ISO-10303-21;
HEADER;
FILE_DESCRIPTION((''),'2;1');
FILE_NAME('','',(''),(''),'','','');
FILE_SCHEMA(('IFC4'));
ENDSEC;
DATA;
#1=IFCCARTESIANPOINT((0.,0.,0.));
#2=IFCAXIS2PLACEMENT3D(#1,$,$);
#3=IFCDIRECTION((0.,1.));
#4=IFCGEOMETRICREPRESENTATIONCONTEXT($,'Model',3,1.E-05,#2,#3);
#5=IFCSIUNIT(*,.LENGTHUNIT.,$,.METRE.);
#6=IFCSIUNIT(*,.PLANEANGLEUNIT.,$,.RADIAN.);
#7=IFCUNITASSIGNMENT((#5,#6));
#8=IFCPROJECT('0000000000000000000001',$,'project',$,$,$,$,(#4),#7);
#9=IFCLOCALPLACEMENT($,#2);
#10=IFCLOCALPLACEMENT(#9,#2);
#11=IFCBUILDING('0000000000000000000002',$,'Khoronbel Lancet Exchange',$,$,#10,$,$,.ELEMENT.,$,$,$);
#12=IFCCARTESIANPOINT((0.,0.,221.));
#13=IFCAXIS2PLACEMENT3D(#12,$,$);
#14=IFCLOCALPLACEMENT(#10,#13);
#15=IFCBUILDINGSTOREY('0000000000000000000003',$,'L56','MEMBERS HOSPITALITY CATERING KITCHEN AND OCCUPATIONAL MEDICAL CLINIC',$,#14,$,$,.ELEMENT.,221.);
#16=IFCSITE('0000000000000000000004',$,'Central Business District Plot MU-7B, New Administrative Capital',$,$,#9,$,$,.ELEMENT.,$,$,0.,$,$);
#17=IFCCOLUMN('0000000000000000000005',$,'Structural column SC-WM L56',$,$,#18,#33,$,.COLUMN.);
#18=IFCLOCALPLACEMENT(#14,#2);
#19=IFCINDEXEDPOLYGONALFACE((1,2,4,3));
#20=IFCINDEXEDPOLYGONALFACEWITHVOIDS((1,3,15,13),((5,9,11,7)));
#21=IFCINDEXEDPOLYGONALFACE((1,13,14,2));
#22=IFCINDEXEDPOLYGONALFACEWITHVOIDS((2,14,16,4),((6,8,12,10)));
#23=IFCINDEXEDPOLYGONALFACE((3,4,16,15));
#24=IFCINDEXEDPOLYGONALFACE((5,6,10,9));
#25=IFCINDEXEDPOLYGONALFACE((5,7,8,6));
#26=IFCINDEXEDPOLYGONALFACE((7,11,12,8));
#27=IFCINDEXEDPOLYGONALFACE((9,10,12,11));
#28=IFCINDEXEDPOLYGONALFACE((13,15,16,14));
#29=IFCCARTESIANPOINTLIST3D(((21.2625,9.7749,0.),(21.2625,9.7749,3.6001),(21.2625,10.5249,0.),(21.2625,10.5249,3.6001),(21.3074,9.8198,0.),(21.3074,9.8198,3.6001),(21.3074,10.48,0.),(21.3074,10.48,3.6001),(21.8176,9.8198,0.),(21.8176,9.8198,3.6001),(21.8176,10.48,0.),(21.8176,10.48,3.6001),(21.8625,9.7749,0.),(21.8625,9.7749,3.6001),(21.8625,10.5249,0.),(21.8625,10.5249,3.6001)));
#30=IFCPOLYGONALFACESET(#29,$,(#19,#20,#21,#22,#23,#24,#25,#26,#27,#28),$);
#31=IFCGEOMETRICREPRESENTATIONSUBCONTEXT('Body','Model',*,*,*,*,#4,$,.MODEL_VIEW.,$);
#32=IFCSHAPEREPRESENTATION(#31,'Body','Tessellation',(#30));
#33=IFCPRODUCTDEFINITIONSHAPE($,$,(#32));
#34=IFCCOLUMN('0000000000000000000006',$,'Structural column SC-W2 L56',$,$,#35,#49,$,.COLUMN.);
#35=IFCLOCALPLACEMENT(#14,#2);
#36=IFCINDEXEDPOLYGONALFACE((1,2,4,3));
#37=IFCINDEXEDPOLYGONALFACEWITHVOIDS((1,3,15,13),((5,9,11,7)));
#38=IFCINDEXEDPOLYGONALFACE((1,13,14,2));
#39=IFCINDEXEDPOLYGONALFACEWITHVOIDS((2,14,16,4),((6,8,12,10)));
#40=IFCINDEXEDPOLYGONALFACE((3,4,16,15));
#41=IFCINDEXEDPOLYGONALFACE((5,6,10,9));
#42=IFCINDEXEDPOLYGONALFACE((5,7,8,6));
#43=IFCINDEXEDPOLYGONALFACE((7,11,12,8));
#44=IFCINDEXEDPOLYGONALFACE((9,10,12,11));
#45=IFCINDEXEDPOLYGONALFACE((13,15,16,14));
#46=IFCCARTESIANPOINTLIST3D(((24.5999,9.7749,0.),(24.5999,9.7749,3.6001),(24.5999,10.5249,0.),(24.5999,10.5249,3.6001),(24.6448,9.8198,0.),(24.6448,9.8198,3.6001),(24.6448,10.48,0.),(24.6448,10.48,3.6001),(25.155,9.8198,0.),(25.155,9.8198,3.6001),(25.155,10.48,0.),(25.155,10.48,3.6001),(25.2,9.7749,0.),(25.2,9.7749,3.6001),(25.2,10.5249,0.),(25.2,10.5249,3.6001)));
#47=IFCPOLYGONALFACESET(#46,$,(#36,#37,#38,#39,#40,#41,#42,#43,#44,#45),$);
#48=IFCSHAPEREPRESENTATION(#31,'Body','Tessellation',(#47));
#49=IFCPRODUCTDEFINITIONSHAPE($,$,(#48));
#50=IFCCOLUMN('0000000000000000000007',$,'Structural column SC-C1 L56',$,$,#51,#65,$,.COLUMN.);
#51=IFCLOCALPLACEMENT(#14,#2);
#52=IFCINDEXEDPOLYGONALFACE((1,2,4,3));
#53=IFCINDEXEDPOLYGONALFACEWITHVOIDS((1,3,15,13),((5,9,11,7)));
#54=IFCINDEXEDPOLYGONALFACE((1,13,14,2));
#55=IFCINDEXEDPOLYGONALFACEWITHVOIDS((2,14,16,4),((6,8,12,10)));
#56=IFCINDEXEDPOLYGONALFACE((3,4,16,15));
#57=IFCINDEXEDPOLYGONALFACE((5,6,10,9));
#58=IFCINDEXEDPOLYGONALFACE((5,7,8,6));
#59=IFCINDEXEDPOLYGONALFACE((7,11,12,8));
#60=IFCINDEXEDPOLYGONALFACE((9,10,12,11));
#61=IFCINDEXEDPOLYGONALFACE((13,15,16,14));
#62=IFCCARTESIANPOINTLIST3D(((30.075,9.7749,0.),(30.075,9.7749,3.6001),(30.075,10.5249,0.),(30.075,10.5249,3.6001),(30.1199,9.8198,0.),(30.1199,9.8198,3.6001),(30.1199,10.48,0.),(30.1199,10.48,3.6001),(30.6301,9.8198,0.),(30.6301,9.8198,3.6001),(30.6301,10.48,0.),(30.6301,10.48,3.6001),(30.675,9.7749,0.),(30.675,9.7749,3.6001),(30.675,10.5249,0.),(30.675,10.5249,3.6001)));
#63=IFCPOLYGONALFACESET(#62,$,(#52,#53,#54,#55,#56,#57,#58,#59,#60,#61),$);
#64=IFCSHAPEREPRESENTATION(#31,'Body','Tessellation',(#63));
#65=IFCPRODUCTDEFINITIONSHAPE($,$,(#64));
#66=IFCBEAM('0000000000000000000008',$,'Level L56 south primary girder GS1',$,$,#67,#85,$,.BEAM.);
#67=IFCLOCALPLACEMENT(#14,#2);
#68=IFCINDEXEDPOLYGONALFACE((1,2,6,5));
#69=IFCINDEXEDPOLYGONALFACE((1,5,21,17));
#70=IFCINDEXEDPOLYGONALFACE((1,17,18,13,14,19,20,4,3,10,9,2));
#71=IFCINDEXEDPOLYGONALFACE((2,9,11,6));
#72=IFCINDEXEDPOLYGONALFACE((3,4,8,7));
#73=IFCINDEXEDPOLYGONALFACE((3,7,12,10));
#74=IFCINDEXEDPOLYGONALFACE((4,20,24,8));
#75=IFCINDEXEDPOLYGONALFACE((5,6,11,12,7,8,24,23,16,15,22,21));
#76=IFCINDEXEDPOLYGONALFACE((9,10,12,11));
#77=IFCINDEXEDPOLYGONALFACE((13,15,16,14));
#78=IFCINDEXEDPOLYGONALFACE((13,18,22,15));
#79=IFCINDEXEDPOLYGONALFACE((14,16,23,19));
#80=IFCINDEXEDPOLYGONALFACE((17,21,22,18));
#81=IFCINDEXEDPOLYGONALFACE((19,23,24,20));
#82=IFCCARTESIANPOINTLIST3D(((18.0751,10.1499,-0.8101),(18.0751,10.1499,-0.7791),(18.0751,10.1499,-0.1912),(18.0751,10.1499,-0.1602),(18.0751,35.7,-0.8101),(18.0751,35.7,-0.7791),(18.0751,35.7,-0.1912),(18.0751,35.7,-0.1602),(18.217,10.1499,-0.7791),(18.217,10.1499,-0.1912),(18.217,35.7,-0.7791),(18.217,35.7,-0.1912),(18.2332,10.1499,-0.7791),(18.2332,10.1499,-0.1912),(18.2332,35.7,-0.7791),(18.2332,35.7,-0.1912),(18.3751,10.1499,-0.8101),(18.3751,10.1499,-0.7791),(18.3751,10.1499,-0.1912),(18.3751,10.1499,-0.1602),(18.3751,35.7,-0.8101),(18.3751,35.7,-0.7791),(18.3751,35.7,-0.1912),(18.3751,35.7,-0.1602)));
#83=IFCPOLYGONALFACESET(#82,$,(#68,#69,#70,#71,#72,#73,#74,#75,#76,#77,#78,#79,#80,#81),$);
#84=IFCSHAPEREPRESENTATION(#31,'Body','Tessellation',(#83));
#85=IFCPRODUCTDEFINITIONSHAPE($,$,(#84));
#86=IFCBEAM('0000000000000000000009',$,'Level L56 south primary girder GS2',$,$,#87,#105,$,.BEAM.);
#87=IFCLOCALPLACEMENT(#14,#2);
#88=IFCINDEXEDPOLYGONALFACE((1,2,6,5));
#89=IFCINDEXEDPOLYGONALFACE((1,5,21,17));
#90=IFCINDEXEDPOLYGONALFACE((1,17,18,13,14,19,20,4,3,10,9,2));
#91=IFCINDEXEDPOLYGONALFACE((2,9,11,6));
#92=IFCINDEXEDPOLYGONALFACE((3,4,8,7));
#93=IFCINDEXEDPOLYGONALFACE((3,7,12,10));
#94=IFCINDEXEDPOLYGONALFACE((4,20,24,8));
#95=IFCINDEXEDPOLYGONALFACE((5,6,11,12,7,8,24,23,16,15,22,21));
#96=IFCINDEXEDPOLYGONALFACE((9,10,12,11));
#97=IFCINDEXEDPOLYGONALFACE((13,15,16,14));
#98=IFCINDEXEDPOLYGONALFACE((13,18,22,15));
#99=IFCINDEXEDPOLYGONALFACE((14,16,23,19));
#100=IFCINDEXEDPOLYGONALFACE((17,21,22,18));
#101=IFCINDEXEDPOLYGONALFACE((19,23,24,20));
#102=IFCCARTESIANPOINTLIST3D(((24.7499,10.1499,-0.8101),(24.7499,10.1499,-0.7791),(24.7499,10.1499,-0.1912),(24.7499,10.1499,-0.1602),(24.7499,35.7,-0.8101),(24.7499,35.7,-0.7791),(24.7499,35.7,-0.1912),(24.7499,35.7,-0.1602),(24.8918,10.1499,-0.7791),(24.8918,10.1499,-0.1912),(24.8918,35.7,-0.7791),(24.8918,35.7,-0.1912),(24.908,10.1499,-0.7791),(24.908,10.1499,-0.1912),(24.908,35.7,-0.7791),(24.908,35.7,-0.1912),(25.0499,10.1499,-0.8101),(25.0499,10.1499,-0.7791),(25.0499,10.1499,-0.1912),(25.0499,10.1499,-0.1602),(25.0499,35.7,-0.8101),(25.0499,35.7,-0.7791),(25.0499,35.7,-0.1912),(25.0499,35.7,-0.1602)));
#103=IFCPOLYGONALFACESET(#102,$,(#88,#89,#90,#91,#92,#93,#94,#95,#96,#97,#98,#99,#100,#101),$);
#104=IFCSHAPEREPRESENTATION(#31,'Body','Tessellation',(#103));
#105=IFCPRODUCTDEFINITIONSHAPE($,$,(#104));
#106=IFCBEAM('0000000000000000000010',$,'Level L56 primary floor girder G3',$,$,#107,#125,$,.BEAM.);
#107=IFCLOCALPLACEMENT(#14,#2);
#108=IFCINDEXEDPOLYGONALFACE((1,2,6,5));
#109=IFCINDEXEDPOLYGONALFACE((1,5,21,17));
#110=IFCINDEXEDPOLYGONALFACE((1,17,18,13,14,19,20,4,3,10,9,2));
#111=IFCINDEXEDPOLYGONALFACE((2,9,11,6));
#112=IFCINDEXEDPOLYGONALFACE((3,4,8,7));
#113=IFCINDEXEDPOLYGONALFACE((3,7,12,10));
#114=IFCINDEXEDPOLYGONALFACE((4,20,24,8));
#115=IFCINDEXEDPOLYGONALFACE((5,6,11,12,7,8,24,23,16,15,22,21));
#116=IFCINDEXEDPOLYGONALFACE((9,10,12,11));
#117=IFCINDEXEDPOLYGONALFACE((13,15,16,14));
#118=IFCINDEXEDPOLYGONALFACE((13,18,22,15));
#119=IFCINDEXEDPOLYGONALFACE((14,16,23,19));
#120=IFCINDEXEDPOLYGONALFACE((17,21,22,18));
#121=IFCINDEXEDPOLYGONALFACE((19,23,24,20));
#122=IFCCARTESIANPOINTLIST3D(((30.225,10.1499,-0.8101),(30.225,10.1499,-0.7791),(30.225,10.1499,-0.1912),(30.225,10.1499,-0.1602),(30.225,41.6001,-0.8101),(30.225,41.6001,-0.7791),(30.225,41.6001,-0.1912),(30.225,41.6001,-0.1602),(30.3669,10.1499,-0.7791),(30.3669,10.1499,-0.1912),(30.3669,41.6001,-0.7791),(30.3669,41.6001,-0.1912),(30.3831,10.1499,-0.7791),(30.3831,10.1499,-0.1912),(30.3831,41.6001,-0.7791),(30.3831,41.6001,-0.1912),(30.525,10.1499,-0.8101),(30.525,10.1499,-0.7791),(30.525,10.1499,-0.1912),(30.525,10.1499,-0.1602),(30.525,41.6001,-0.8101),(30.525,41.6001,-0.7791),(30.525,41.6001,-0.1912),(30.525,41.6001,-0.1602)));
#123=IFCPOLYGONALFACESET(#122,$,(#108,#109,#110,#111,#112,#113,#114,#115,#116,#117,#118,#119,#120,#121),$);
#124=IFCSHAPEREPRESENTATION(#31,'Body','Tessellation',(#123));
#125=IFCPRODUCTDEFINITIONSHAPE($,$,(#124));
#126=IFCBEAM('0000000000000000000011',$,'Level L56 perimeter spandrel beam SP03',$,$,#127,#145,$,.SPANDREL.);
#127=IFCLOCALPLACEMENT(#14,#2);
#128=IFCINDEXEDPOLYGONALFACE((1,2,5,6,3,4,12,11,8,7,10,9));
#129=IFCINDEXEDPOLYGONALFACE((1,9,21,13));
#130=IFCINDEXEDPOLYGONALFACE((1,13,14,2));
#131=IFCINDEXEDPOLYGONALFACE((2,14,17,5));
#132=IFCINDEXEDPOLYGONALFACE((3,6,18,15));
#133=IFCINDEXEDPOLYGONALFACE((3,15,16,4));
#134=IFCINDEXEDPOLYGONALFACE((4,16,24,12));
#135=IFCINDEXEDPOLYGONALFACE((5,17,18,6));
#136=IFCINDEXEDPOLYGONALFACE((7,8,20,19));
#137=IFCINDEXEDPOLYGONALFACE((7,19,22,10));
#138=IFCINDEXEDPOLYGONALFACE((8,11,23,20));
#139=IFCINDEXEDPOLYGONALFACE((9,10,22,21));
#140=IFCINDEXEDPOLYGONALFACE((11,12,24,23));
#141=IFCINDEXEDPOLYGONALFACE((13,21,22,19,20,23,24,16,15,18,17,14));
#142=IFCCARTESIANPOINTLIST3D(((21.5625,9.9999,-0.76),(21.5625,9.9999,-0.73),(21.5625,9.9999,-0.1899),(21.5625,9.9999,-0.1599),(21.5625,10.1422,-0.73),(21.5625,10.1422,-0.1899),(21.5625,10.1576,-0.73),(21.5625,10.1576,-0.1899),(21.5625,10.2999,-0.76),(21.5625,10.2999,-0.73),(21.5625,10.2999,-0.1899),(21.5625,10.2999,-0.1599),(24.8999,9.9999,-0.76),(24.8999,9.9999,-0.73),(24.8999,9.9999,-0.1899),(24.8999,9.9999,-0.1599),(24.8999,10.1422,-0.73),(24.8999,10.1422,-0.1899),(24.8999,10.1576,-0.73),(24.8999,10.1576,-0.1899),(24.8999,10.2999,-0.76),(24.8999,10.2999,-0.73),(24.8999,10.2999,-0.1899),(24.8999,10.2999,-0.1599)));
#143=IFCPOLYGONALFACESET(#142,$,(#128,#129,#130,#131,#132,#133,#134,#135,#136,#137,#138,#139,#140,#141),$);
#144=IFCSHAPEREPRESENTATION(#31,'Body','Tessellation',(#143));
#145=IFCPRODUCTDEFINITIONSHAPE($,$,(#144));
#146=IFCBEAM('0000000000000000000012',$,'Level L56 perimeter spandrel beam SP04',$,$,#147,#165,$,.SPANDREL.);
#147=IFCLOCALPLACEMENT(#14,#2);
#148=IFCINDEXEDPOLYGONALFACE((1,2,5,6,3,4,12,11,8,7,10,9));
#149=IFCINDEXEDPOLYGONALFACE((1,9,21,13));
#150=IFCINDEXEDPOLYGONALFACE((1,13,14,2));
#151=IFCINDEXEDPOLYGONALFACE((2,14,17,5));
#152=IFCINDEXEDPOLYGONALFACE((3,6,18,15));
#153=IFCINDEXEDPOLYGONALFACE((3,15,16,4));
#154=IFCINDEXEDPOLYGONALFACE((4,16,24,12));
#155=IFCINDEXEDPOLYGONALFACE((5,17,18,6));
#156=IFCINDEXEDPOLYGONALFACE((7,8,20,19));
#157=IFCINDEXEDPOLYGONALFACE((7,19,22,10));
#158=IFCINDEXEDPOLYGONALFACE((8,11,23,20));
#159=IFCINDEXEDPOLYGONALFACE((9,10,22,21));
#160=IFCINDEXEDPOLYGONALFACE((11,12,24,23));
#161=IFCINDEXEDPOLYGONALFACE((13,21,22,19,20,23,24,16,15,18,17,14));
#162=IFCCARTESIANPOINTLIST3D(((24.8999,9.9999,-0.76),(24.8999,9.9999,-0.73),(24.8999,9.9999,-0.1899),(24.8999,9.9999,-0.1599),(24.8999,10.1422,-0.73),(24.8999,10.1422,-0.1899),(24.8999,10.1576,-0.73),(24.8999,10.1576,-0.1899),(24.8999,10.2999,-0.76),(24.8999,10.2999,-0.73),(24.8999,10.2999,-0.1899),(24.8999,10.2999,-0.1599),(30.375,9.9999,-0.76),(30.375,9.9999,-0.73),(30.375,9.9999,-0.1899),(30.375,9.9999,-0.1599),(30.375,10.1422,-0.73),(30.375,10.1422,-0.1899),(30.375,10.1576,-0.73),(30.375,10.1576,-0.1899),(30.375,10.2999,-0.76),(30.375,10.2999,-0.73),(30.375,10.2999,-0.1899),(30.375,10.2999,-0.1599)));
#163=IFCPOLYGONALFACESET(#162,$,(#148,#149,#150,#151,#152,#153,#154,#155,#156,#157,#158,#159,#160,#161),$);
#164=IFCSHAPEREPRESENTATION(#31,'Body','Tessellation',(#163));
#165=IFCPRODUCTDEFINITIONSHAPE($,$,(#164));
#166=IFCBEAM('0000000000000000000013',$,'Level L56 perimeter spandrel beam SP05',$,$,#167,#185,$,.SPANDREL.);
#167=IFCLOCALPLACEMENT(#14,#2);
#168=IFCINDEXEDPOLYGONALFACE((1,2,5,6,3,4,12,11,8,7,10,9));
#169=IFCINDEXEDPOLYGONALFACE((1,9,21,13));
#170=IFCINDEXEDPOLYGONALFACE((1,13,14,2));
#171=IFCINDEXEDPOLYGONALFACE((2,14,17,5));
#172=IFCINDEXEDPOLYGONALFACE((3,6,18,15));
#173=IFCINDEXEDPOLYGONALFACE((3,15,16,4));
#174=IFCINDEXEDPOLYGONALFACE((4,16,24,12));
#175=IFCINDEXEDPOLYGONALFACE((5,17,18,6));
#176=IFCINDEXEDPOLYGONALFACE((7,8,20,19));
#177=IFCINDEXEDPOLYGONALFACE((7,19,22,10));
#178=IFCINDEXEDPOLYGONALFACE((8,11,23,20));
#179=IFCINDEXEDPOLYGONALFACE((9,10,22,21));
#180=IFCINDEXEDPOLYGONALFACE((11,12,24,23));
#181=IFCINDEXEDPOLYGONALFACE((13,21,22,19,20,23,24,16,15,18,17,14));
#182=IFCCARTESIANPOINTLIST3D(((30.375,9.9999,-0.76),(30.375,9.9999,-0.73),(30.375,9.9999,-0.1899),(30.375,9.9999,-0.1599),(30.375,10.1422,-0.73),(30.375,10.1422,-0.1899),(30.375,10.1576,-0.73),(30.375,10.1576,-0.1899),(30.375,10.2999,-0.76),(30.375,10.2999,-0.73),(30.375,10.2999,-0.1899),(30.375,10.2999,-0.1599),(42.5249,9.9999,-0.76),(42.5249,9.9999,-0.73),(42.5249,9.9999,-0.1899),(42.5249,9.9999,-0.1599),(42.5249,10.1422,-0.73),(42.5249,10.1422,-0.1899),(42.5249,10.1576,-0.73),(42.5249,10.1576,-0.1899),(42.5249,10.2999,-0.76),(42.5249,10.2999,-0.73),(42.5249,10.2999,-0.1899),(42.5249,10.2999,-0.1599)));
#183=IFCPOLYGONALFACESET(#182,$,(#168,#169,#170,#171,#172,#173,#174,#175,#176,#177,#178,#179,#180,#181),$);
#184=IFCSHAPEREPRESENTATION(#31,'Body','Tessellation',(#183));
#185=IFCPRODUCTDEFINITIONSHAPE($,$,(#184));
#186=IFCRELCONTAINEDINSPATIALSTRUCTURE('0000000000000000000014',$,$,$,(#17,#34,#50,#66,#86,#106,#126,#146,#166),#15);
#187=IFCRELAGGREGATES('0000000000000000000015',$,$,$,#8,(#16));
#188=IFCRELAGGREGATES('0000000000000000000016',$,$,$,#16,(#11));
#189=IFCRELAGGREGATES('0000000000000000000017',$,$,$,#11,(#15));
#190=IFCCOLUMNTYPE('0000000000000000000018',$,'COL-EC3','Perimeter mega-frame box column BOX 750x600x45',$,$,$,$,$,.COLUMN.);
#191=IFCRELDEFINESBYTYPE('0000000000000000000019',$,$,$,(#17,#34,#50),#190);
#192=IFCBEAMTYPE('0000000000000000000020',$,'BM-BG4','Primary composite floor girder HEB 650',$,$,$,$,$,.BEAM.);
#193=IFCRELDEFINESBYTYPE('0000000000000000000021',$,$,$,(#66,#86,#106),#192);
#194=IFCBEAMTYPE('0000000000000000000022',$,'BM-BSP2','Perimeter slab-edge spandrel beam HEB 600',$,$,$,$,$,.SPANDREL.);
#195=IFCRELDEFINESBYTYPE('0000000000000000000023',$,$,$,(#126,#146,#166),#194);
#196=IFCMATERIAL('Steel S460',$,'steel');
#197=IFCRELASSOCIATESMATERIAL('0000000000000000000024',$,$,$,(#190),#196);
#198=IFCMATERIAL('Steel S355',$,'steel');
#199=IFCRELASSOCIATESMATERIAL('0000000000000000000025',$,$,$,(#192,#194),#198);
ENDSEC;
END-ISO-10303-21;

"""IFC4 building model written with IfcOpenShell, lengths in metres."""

from ifc_helpers import new_model, si_unit, direction, frame, origin, origin_2d, place, context, subcontext, project, spatial, hollow_rectangle, i_section, extrude, material, material_profile, profile_set, type_object, element, save


model = new_model("IFC4")

# Units and contexts
model_context = context("Model", 3, precision=1e-05, world=origin(), true_north=direction((0.0, 1.0)))
body_context = subcontext(model_context, "Body", "Model", "MODEL_VIEW")
ifc_project = project(units=[si_unit("LENGTHUNIT", "METRE"), si_unit("PLANEANGLEUNIT", "RADIAN")], contexts=[model_context])

# Site, building, storey
site_placement = place(None, origin())
site = spatial("IfcSite", under=ifc_project, at=site_placement, Name="Central Business District Plot MU-7B, New Administrative Capital", CompositionType="ELEMENT", RefElevation=0.0)
building_placement = place(site_placement, origin())
building = spatial("IfcBuilding", under=site, at=building_placement, Name="Khoronbel Lancet Exchange", CompositionType="ELEMENT")
storey_placement = place(building_placement, frame((0.0, 0.0, 221.0)))
storey = spatial("IfcBuildingStorey", under=building, at=storey_placement, Name="L56", Description="MEMBERS HOSPITALITY CATERING KITCHEN AND OCCUPATIONAL MEDICAL CLINIC", CompositionType="ELEMENT", Elevation=221.0)

# Columns
ifc_material_1 = material(Name="Steel S460", Category="steel")
ifc_material_profile_1 = material_profile(ifc_material_1, hollow_rectangle(XDim=0.6001, YDim=0.75, WallThickness=0.0449, at=origin_2d()), Name="BOX 750x600x45")
ifc_profile_set_1 = profile_set([ifc_material_profile_1], Name="Steel S460")
column_type = type_object("IfcColumnType", Name="COL-EC3", Description="Perimeter mega-frame box column BOX 750x600x45", PredefinedType="COLUMN", material=ifc_profile_set_1)
for number, where, z_axis, x_axis, name in (
    (1, (21.5625, 10.1499, 0.0), (0.0, 0.0, 1.0), (1.0, 0.0, 0.0), "Structural column SC-WM L56"),
    (2, (24.8999, 10.1499, 0.0), (0.0, 0.0, 1.0), (1.0, 0.0, 0.0), "Structural column SC-W2 L56"),
    (3, (30.375, 10.1499, 0.0), (0.0, 0.0, 1.0), (1.0, 0.0, 0.0), "Structural column SC-C1 L56"),
):
    element("IfcColumn", number, at=place(storey_placement, frame(where, z_axis=z_axis, x_axis=x_axis)), inside=storey, type_object=column_type, Name=name, PredefinedType="COLUMN", context=body_context, shape_type="SweptSolid", body=[
        extrude(hollow_rectangle(XDim=0.6001, YDim=0.75, WallThickness=0.0449, at=origin_2d()), origin(), (0.0, 0.0, 1.0), 3.6001),
    ])

# Beams
ifc_material_2 = material(Name="Steel S355", Category="steel")
ifc_material_profile_2 = material_profile(ifc_material_2, i_section(OverallWidth=0.3, OverallDepth=0.6499, WebThickness=0.0161, FlangeThickness=0.031, at=origin_2d()), Name="HEB 650")
ifc_profile_set_2 = profile_set([ifc_material_profile_2], Name="Steel S355")
beam_type_1 = type_object("IfcBeamType", Name="BM-BG4", Description="Primary composite floor girder HEB 650", PredefinedType="BEAM", material=ifc_profile_set_2)
for number, where, z_axis, x_axis, name in (
    (4, (18.2251, 10.1499, -0.4851), (0.0, 1.0, 0.0), (-1.0, 0.0, 0.0), "Level L56 south primary girder GS1"),
    (5, (24.8999, 10.1499, -0.4851), (0.0, 1.0, 0.0), (-1.0, 0.0, 0.0), "Level L56 south primary girder GS2"),
):
    element("IfcBeam", number, at=place(storey_placement, frame(where, z_axis=z_axis, x_axis=x_axis)), inside=storey, type_object=beam_type_1, Name=name, PredefinedType="BEAM", context=body_context, shape_type="SweptSolid", body=[
        extrude(i_section(OverallWidth=0.3, OverallDepth=0.6499, WebThickness=0.0161, FlangeThickness=0.031, at=origin_2d()), origin(), (0.0, 0.0, 1.0), 25.55),
    ])
beam_1_placement = place(storey_placement, frame((30.375, 10.1499, -0.4851), z_axis=(0.0, 1.0, 0.0), x_axis=(-1.0, 0.0, 0.0)))
element("IfcBeam", 6, at=beam_1_placement, inside=storey, type_object=beam_type_1, Name="Level L56 primary floor girder G3", PredefinedType="BEAM", context=body_context, shape_type="SweptSolid", body=[
    extrude(i_section(OverallWidth=0.3, OverallDepth=0.6499, WebThickness=0.0161, FlangeThickness=0.031, at=origin_2d()), origin(), (0.0, 0.0, 1.0), 31.4502),
])
ifc_material_profile_3 = material_profile(ifc_material_2, i_section(OverallWidth=0.3, OverallDepth=0.6001, WebThickness=0.0154, FlangeThickness=0.03, at=origin_2d()), Name="HEB 600")
ifc_profile_set_3 = profile_set([ifc_material_profile_3], Name="Steel S355")
beam_type_2 = type_object("IfcBeamType", Name="BM-BSP2", Description="Perimeter slab-edge spandrel beam HEB 600", PredefinedType="SPANDREL", material=ifc_profile_set_3)
beam_2_placement = place(storey_placement, frame((21.5625, 10.1499, -0.46), z_axis=(1.0, 0.0, 0.0), x_axis=(0.0, 1.0, 0.0)))
element("IfcBeam", 7, at=beam_2_placement, inside=storey, type_object=beam_type_2, Name="Level L56 perimeter spandrel beam SP03", PredefinedType="SPANDREL", context=body_context, shape_type="SweptSolid", body=[
    extrude(i_section(OverallWidth=0.3, OverallDepth=0.6001, WebThickness=0.0154, FlangeThickness=0.03, at=origin_2d()), origin(), (0.0, 0.0, 1.0), 3.3374),
])
beam_3_placement = place(storey_placement, frame((24.8999, 10.1499, -0.46), z_axis=(1.0, 0.0, 0.0), x_axis=(0.0, 1.0, 0.0)))
element("IfcBeam", 8, at=beam_3_placement, inside=storey, type_object=beam_type_2, Name="Level L56 perimeter spandrel beam SP04", PredefinedType="SPANDREL", context=body_context, shape_type="SweptSolid", body=[
    extrude(i_section(OverallWidth=0.3, OverallDepth=0.6001, WebThickness=0.0154, FlangeThickness=0.03, at=origin_2d()), origin(), (0.0, 0.0, 1.0), 5.4751),
])
beam_4_placement = place(storey_placement, frame((30.375, 10.1499, -0.46), z_axis=(1.0, 0.0, 0.0), x_axis=(0.0, 1.0, 0.0)))
element("IfcBeam", 9, at=beam_4_placement, inside=storey, type_object=beam_type_2, Name="Level L56 perimeter spandrel beam SP05", PredefinedType="SPANDREL", context=body_context, shape_type="SweptSolid", body=[
    extrude(i_section(OverallWidth=0.3, OverallDepth=0.6001, WebThickness=0.0154, FlangeThickness=0.03, at=origin_2d()), origin(), (0.0, 0.0, 1.0), 12.1499),
])

save(model, "model.ifc")
